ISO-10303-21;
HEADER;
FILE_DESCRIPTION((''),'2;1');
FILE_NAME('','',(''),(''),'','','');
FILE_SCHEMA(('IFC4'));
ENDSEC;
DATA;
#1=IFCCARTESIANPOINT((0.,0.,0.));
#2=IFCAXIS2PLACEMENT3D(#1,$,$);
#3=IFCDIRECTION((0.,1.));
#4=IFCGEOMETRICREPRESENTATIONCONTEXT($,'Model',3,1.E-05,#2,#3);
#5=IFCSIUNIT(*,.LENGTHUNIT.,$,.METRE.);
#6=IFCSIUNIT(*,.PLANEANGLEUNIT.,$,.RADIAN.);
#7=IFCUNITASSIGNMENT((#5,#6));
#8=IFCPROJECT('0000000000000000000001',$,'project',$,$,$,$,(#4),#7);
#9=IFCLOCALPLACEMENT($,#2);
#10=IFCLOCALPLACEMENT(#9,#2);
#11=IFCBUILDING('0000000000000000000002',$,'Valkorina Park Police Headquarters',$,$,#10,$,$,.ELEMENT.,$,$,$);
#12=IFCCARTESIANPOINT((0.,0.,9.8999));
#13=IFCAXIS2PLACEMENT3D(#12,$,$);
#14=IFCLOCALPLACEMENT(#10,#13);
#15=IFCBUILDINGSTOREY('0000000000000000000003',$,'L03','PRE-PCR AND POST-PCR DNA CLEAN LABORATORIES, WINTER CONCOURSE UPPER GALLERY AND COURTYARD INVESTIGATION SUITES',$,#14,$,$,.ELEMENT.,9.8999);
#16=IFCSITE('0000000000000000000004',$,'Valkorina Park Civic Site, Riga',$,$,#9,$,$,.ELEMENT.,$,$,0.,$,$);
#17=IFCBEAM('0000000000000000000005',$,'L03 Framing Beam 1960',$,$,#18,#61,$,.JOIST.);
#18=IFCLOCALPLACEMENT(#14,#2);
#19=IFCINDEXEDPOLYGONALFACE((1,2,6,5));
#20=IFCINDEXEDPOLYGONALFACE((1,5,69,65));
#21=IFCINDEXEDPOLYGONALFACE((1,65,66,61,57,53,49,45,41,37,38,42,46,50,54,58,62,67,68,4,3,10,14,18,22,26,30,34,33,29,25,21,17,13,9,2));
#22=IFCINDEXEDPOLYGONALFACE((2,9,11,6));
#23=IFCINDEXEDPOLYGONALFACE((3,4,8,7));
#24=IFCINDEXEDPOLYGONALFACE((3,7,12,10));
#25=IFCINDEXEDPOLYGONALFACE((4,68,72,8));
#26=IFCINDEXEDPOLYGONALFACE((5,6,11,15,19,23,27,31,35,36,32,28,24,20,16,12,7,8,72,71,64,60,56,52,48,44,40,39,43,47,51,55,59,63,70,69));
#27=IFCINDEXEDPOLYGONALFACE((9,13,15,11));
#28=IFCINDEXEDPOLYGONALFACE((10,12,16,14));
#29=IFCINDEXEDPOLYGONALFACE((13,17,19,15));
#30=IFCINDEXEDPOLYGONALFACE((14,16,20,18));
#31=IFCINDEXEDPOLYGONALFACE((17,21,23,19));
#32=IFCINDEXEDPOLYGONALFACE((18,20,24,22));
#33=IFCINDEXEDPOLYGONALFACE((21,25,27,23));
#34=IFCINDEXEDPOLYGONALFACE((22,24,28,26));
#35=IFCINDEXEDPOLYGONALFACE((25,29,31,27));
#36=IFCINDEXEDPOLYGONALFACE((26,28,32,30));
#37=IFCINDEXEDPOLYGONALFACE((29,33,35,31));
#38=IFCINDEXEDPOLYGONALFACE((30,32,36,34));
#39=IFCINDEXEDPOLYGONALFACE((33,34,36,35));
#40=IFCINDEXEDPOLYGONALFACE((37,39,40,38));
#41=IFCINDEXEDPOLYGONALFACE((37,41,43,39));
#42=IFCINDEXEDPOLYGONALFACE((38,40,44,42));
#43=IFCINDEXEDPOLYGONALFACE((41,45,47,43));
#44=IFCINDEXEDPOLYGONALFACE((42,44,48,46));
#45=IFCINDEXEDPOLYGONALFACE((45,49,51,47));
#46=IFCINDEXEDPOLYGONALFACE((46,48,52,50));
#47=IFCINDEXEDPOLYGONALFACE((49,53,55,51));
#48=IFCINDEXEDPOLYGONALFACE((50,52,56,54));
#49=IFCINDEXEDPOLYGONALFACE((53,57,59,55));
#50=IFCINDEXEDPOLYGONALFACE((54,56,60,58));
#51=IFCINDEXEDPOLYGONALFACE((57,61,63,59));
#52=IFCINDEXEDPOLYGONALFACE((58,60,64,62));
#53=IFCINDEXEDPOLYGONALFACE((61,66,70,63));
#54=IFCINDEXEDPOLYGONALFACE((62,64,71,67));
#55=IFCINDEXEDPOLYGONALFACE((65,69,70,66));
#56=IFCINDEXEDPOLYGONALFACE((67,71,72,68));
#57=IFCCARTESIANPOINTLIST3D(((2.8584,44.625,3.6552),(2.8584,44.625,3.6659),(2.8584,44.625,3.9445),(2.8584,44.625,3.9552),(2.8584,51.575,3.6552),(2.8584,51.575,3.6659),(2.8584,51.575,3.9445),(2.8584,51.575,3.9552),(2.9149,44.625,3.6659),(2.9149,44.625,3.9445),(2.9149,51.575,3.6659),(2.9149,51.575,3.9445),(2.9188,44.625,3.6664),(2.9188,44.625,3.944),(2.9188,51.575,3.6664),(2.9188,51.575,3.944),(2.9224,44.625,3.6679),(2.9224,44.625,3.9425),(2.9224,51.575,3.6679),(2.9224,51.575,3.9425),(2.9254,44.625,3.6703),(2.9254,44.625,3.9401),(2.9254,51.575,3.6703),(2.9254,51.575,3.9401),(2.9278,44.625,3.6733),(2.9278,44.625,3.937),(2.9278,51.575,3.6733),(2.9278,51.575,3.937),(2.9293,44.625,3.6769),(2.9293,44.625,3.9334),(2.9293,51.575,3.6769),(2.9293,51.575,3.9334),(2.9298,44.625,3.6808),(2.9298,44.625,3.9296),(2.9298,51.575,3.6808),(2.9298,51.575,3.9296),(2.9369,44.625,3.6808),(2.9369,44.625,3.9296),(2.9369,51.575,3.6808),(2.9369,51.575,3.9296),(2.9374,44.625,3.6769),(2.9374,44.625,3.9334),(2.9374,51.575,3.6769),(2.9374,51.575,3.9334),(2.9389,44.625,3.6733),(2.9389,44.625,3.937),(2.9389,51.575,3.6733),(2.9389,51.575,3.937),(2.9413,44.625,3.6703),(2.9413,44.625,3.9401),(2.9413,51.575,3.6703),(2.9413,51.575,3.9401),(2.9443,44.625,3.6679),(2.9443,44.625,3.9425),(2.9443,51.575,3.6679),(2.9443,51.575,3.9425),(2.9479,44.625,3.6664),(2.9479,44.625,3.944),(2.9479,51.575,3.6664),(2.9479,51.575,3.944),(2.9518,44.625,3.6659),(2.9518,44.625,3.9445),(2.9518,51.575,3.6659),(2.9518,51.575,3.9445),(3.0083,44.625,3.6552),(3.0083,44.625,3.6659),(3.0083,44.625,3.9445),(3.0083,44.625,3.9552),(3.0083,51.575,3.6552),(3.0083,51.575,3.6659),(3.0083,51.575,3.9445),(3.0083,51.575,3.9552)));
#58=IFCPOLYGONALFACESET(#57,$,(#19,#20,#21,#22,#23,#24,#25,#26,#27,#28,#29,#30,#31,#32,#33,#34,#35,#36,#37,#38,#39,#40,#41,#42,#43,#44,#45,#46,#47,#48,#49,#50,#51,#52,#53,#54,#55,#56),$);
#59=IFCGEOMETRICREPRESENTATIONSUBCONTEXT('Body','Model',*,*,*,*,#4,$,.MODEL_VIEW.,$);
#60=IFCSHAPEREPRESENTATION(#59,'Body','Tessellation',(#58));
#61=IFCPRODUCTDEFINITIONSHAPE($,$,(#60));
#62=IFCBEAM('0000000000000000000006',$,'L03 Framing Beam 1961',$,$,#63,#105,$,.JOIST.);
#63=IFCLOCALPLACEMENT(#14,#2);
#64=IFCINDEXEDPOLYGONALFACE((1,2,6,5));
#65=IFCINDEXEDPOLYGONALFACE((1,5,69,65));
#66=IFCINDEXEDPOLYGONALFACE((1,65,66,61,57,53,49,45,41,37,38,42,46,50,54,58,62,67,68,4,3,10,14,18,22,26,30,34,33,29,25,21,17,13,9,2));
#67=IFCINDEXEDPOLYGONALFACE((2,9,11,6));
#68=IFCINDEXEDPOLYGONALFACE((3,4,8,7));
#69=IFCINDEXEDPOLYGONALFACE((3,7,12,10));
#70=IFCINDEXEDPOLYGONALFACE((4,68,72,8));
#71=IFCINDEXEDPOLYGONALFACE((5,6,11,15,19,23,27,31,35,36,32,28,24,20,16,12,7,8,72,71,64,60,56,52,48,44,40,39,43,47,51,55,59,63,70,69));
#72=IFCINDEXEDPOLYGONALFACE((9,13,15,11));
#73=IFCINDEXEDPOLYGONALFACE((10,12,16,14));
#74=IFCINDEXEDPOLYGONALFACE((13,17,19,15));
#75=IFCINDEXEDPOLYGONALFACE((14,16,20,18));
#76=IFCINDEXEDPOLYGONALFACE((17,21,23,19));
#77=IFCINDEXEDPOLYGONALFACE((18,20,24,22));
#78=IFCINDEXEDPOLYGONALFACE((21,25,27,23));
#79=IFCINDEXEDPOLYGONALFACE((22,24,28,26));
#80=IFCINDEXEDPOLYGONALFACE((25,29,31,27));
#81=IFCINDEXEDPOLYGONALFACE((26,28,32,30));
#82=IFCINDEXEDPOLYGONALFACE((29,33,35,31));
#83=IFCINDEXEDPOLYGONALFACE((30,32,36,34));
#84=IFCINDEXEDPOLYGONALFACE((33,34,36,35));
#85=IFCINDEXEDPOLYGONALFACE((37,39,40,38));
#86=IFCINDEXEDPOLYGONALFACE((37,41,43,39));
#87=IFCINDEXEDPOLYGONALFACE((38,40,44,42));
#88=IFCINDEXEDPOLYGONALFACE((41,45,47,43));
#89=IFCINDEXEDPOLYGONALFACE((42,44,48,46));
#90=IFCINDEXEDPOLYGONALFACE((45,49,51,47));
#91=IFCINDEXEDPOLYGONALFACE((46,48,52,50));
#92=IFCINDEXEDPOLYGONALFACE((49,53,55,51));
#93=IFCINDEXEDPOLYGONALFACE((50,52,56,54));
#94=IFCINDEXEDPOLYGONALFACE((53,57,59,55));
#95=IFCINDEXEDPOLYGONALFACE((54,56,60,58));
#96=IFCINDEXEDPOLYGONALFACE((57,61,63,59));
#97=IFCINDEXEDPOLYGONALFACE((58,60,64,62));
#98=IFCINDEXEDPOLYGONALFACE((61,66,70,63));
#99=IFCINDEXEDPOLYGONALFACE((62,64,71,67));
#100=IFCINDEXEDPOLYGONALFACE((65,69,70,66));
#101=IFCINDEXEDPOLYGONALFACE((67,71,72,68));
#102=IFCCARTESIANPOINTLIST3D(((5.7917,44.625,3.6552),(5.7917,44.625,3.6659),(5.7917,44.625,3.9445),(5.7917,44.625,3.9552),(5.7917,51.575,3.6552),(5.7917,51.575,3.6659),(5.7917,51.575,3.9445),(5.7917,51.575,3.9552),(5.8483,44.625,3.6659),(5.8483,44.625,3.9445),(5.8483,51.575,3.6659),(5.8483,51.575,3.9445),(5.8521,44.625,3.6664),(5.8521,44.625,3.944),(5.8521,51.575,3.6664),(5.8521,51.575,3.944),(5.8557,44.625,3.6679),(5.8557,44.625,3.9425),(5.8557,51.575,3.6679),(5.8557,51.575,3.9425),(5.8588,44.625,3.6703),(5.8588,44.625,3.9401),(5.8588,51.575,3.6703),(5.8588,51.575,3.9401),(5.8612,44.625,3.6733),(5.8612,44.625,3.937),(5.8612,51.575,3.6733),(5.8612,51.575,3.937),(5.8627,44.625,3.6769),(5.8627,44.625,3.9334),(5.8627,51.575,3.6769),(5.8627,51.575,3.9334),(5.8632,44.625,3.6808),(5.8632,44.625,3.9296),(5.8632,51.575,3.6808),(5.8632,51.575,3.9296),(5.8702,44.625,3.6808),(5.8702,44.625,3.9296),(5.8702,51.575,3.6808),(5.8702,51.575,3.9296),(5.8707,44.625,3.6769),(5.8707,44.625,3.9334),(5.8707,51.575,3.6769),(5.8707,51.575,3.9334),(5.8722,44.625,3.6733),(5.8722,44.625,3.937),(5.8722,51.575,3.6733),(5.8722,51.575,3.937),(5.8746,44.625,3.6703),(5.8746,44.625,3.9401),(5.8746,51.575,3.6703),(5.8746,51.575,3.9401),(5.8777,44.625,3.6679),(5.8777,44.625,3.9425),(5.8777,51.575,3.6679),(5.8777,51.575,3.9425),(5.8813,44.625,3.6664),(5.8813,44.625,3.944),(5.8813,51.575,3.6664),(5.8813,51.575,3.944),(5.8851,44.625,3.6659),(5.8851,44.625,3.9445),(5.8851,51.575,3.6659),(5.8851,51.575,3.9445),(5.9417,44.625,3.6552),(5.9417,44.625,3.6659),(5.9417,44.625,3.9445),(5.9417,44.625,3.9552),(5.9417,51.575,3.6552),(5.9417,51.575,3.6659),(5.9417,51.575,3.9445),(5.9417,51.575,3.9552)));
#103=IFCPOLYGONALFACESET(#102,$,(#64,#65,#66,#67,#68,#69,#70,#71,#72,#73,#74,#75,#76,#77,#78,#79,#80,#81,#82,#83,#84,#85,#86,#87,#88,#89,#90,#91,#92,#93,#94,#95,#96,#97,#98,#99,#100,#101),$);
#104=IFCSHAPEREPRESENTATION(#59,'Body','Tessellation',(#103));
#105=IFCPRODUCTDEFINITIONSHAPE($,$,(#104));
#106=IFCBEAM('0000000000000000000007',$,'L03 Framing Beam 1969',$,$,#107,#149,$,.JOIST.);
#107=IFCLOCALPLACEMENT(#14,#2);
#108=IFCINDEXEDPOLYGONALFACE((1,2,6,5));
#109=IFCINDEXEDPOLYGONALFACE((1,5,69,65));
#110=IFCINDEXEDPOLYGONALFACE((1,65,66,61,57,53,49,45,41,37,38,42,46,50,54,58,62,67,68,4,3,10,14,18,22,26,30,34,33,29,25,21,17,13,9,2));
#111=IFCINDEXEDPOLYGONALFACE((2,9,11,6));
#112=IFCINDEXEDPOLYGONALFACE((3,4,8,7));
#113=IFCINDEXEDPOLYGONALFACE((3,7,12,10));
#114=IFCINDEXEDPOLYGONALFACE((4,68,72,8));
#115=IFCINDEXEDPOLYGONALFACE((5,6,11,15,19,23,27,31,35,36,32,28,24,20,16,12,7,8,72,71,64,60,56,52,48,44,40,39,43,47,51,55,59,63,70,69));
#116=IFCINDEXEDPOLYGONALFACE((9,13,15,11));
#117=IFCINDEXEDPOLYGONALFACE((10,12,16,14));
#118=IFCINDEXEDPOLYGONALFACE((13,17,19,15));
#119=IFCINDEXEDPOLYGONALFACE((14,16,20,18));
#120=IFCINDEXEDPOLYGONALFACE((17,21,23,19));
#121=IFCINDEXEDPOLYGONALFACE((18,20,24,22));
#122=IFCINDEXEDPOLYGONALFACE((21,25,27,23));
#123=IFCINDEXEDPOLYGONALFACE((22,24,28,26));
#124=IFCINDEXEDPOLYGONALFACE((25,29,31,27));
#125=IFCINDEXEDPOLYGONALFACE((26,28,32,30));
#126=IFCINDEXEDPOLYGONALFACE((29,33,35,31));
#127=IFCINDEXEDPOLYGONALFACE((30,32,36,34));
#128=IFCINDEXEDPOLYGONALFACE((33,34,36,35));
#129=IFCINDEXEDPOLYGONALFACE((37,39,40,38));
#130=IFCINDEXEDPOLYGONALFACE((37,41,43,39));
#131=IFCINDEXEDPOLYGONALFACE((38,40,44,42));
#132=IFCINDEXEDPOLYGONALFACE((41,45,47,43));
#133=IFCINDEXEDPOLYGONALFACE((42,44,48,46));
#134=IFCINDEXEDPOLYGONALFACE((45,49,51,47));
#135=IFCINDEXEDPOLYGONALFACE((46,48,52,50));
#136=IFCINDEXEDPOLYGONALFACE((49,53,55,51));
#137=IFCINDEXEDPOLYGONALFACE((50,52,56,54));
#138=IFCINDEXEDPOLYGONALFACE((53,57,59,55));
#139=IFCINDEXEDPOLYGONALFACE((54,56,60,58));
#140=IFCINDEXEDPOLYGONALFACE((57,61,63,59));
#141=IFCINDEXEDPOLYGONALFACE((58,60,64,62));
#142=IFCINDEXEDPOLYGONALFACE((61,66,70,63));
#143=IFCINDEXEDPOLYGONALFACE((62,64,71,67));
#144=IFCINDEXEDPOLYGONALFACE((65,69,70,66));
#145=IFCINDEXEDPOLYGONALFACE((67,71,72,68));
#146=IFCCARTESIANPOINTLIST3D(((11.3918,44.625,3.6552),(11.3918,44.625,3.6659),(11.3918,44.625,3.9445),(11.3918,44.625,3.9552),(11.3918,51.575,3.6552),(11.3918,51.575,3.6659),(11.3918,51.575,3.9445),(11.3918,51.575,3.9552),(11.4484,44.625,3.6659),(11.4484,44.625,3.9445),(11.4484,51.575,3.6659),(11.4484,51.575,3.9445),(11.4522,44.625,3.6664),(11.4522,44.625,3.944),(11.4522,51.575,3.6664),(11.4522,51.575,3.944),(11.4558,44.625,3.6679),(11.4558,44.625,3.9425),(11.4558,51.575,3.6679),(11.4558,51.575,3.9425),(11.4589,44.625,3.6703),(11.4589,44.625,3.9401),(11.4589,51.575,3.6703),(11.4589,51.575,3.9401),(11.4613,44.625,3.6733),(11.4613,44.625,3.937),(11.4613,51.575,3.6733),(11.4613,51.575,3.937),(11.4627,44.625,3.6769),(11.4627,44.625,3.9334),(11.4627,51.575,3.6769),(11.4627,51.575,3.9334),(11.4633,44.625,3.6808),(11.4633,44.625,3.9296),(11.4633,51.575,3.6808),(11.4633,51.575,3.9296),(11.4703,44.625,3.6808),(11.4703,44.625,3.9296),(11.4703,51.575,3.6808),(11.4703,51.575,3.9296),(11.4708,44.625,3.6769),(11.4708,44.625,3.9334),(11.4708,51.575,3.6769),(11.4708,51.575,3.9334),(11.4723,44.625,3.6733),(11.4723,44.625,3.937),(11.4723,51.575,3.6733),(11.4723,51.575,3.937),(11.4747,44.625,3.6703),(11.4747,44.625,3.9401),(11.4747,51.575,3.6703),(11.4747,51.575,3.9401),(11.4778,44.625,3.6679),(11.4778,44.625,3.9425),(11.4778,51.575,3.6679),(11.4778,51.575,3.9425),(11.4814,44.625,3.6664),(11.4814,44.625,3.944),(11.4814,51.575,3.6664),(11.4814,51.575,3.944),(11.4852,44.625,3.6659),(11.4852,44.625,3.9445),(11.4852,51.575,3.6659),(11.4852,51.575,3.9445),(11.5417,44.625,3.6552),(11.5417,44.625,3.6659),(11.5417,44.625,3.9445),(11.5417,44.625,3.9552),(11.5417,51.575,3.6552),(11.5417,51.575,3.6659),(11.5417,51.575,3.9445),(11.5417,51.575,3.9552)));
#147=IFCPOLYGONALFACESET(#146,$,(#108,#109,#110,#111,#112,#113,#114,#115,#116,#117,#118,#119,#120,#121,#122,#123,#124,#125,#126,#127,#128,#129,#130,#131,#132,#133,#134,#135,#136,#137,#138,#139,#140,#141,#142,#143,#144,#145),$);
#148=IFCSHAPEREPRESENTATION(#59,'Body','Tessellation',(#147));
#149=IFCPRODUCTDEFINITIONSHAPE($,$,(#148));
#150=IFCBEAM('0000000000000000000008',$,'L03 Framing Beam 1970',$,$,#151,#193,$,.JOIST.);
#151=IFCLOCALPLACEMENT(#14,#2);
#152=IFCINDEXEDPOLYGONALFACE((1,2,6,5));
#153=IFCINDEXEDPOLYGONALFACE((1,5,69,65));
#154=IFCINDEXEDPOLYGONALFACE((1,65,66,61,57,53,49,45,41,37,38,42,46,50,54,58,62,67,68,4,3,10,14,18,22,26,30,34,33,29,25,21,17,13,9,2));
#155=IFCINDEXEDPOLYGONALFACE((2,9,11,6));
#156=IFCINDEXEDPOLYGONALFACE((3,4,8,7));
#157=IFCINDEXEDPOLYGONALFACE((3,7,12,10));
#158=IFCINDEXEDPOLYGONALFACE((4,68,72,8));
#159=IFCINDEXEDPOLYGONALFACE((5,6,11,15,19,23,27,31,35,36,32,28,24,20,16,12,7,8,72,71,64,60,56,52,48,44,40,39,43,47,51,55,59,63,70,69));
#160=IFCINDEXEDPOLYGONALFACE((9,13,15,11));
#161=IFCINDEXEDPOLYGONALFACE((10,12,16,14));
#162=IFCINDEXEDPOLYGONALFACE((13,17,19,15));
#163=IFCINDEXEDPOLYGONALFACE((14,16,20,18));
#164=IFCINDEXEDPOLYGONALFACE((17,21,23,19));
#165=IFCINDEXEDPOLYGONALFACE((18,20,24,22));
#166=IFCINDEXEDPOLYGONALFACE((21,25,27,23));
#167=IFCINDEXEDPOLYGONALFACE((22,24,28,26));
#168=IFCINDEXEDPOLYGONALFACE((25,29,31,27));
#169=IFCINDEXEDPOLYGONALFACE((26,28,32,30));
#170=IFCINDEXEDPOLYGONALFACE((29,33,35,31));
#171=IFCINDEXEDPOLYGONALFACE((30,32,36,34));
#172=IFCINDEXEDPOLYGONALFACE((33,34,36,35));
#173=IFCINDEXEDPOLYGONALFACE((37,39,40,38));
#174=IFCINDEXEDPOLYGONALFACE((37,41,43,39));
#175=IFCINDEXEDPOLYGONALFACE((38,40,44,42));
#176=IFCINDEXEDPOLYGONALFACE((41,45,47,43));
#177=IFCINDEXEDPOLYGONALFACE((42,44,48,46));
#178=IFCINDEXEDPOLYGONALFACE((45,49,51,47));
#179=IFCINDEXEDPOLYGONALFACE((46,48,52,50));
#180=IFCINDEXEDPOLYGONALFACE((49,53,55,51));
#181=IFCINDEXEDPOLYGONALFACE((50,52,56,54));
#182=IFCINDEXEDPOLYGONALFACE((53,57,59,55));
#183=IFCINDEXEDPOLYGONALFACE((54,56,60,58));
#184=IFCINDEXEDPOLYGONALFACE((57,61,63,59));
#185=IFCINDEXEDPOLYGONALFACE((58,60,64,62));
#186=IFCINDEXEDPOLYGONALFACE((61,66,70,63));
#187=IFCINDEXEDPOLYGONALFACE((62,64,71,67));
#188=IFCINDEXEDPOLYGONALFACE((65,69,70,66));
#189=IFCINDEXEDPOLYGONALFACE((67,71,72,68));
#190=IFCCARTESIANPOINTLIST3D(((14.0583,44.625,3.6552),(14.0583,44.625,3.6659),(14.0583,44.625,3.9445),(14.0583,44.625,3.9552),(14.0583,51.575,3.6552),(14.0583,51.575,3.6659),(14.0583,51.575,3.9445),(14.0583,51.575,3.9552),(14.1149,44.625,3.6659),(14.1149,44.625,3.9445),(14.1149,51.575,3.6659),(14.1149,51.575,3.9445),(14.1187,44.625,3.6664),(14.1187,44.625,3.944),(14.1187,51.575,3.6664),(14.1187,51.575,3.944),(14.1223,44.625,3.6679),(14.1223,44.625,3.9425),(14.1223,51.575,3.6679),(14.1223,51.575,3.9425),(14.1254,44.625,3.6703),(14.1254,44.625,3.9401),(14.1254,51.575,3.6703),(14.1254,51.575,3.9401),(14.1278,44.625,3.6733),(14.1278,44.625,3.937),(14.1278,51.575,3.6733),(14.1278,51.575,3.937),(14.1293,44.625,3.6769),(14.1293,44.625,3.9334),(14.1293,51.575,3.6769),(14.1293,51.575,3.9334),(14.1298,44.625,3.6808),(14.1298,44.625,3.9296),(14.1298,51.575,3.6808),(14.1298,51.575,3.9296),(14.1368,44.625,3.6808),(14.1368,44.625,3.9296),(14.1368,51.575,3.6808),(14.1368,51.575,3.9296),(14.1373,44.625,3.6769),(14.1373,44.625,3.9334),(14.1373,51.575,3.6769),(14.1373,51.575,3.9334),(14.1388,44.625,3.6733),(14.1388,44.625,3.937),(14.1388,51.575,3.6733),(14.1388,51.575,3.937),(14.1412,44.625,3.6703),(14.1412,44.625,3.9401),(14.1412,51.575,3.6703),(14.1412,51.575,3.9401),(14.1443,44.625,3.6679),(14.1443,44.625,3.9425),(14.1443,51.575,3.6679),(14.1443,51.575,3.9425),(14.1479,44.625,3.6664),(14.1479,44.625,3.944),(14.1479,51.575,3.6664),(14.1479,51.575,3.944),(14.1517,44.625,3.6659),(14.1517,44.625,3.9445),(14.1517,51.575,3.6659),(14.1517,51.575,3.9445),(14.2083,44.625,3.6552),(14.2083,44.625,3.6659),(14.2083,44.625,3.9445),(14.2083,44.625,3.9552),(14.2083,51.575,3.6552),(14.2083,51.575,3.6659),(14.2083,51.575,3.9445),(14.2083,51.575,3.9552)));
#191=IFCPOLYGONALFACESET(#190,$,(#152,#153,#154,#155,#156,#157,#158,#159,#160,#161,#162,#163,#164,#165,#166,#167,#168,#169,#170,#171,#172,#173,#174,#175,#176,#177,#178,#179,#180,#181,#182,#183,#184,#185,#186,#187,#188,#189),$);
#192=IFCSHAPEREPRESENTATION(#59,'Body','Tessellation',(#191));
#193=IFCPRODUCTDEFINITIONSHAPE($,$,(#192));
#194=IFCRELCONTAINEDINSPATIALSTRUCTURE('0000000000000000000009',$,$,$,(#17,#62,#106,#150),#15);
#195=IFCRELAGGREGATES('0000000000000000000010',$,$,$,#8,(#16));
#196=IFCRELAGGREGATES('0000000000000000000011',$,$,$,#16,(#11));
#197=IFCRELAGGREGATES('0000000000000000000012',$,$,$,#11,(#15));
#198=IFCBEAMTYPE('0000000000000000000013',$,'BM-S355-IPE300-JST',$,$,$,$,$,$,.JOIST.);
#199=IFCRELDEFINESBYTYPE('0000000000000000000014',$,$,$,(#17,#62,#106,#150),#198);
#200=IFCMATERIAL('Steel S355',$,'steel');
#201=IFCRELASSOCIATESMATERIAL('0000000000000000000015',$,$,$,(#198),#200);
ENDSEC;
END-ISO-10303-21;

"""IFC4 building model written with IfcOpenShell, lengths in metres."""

from ifc_helpers import new_model, si_unit, direction, frame, origin, origin_2d, place, context, subcontext, project, spatial, i_section, extrude, material, material_profile, profile_set, type_object, element, save


model = new_model("IFC4")

# Units and contexts
model_context = context("Model", 3, precision=1e-05, world=origin(), true_north=direction((0.0, 1.0)))
body_context = subcontext(model_context, "Body", "Model", "MODEL_VIEW")
ifc_project = project(units=[si_unit("LENGTHUNIT", "METRE"), si_unit("PLANEANGLEUNIT", "RADIAN")], contexts=[model_context])

# Site, building, storey
site_placement = place(None, origin())
site = spatial("IfcSite", under=ifc_project, at=site_placement, Name="Valkorina Park Civic Site, Riga", CompositionType="ELEMENT", RefElevation=0.0)
building_placement = place(site_placement, origin())
building = spatial("IfcBuilding", under=site, at=building_placement, Name="Valkorina Park Police Headquarters", CompositionType="ELEMENT")
storey_placement = place(building_placement, frame((0.0, 0.0, 9.8999)))
storey = spatial("IfcBuildingStorey", under=building, at=storey_placement, Name="L03", Description="PRE-PCR AND POST-PCR DNA CLEAN LABORATORIES, WINTER CONCOURSE UPPER GALLERY AND COURTYARD INVESTIGATION SUITES", CompositionType="ELEMENT", Elevation=9.8999)

# Shared definitions
ifc_material_1 = material(Name="Steel S355", Category="steel")

# Beams
ifc_material_profile_1 = material_profile(ifc_material_1, i_section(OverallWidth=0.1499, OverallDepth=0.3, WebThickness=0.0071, FlangeThickness=0.0107, FilletRadius=0.0149, at=origin_2d()), Name="IPE 300")
ifc_profile_set_1 = profile_set([ifc_material_profile_1], Name="Steel S355")
beam_type_1 = type_object("IfcBeamType", Name="BM-S355-IPE300-JST", PredefinedType="JOIST", material=ifc_profile_set_1)
for number, where, z_axis, x_axis, name in (
    (1, (2.9333, 44.625, 3.8052), (0.0, 1.0, 0.0), (-1.0, 0.0, 0.0), "L03 Framing Beam 1960"),
    (2, (5.8667, 44.625, 3.8052), (0.0, 1.0, 0.0), (-1.0, 0.0, 0.0), "L03 Framing Beam 1961"),
    (3, (11.4668, 44.625, 3.8052), (0.0, 1.0, 0.0), (-1.0, 0.0, 0.0), "L03 Framing Beam 1969"),
    (4, (14.1333, 44.625, 3.8052), (0.0, 1.0, 0.0), (-1.0, 0.0, 0.0), "L03 Framing Beam 1970"),
):
    element("IfcBeam", number, at=place(storey_placement, frame(where, z_axis=z_axis, x_axis=x_axis)), inside=storey, type_object=beam_type_1, Name=name, PredefinedType="JOIST", context=body_context, shape_type="SweptSolid", body=[
        extrude(i_section(OverallWidth=0.1499, OverallDepth=0.3, WebThickness=0.0071, FlangeThickness=0.0107, FilletRadius=0.0149, at=origin_2d()), origin(), (0.0, 0.0, 1.0), 6.95),
    ])

save(model, "model.ifc")
